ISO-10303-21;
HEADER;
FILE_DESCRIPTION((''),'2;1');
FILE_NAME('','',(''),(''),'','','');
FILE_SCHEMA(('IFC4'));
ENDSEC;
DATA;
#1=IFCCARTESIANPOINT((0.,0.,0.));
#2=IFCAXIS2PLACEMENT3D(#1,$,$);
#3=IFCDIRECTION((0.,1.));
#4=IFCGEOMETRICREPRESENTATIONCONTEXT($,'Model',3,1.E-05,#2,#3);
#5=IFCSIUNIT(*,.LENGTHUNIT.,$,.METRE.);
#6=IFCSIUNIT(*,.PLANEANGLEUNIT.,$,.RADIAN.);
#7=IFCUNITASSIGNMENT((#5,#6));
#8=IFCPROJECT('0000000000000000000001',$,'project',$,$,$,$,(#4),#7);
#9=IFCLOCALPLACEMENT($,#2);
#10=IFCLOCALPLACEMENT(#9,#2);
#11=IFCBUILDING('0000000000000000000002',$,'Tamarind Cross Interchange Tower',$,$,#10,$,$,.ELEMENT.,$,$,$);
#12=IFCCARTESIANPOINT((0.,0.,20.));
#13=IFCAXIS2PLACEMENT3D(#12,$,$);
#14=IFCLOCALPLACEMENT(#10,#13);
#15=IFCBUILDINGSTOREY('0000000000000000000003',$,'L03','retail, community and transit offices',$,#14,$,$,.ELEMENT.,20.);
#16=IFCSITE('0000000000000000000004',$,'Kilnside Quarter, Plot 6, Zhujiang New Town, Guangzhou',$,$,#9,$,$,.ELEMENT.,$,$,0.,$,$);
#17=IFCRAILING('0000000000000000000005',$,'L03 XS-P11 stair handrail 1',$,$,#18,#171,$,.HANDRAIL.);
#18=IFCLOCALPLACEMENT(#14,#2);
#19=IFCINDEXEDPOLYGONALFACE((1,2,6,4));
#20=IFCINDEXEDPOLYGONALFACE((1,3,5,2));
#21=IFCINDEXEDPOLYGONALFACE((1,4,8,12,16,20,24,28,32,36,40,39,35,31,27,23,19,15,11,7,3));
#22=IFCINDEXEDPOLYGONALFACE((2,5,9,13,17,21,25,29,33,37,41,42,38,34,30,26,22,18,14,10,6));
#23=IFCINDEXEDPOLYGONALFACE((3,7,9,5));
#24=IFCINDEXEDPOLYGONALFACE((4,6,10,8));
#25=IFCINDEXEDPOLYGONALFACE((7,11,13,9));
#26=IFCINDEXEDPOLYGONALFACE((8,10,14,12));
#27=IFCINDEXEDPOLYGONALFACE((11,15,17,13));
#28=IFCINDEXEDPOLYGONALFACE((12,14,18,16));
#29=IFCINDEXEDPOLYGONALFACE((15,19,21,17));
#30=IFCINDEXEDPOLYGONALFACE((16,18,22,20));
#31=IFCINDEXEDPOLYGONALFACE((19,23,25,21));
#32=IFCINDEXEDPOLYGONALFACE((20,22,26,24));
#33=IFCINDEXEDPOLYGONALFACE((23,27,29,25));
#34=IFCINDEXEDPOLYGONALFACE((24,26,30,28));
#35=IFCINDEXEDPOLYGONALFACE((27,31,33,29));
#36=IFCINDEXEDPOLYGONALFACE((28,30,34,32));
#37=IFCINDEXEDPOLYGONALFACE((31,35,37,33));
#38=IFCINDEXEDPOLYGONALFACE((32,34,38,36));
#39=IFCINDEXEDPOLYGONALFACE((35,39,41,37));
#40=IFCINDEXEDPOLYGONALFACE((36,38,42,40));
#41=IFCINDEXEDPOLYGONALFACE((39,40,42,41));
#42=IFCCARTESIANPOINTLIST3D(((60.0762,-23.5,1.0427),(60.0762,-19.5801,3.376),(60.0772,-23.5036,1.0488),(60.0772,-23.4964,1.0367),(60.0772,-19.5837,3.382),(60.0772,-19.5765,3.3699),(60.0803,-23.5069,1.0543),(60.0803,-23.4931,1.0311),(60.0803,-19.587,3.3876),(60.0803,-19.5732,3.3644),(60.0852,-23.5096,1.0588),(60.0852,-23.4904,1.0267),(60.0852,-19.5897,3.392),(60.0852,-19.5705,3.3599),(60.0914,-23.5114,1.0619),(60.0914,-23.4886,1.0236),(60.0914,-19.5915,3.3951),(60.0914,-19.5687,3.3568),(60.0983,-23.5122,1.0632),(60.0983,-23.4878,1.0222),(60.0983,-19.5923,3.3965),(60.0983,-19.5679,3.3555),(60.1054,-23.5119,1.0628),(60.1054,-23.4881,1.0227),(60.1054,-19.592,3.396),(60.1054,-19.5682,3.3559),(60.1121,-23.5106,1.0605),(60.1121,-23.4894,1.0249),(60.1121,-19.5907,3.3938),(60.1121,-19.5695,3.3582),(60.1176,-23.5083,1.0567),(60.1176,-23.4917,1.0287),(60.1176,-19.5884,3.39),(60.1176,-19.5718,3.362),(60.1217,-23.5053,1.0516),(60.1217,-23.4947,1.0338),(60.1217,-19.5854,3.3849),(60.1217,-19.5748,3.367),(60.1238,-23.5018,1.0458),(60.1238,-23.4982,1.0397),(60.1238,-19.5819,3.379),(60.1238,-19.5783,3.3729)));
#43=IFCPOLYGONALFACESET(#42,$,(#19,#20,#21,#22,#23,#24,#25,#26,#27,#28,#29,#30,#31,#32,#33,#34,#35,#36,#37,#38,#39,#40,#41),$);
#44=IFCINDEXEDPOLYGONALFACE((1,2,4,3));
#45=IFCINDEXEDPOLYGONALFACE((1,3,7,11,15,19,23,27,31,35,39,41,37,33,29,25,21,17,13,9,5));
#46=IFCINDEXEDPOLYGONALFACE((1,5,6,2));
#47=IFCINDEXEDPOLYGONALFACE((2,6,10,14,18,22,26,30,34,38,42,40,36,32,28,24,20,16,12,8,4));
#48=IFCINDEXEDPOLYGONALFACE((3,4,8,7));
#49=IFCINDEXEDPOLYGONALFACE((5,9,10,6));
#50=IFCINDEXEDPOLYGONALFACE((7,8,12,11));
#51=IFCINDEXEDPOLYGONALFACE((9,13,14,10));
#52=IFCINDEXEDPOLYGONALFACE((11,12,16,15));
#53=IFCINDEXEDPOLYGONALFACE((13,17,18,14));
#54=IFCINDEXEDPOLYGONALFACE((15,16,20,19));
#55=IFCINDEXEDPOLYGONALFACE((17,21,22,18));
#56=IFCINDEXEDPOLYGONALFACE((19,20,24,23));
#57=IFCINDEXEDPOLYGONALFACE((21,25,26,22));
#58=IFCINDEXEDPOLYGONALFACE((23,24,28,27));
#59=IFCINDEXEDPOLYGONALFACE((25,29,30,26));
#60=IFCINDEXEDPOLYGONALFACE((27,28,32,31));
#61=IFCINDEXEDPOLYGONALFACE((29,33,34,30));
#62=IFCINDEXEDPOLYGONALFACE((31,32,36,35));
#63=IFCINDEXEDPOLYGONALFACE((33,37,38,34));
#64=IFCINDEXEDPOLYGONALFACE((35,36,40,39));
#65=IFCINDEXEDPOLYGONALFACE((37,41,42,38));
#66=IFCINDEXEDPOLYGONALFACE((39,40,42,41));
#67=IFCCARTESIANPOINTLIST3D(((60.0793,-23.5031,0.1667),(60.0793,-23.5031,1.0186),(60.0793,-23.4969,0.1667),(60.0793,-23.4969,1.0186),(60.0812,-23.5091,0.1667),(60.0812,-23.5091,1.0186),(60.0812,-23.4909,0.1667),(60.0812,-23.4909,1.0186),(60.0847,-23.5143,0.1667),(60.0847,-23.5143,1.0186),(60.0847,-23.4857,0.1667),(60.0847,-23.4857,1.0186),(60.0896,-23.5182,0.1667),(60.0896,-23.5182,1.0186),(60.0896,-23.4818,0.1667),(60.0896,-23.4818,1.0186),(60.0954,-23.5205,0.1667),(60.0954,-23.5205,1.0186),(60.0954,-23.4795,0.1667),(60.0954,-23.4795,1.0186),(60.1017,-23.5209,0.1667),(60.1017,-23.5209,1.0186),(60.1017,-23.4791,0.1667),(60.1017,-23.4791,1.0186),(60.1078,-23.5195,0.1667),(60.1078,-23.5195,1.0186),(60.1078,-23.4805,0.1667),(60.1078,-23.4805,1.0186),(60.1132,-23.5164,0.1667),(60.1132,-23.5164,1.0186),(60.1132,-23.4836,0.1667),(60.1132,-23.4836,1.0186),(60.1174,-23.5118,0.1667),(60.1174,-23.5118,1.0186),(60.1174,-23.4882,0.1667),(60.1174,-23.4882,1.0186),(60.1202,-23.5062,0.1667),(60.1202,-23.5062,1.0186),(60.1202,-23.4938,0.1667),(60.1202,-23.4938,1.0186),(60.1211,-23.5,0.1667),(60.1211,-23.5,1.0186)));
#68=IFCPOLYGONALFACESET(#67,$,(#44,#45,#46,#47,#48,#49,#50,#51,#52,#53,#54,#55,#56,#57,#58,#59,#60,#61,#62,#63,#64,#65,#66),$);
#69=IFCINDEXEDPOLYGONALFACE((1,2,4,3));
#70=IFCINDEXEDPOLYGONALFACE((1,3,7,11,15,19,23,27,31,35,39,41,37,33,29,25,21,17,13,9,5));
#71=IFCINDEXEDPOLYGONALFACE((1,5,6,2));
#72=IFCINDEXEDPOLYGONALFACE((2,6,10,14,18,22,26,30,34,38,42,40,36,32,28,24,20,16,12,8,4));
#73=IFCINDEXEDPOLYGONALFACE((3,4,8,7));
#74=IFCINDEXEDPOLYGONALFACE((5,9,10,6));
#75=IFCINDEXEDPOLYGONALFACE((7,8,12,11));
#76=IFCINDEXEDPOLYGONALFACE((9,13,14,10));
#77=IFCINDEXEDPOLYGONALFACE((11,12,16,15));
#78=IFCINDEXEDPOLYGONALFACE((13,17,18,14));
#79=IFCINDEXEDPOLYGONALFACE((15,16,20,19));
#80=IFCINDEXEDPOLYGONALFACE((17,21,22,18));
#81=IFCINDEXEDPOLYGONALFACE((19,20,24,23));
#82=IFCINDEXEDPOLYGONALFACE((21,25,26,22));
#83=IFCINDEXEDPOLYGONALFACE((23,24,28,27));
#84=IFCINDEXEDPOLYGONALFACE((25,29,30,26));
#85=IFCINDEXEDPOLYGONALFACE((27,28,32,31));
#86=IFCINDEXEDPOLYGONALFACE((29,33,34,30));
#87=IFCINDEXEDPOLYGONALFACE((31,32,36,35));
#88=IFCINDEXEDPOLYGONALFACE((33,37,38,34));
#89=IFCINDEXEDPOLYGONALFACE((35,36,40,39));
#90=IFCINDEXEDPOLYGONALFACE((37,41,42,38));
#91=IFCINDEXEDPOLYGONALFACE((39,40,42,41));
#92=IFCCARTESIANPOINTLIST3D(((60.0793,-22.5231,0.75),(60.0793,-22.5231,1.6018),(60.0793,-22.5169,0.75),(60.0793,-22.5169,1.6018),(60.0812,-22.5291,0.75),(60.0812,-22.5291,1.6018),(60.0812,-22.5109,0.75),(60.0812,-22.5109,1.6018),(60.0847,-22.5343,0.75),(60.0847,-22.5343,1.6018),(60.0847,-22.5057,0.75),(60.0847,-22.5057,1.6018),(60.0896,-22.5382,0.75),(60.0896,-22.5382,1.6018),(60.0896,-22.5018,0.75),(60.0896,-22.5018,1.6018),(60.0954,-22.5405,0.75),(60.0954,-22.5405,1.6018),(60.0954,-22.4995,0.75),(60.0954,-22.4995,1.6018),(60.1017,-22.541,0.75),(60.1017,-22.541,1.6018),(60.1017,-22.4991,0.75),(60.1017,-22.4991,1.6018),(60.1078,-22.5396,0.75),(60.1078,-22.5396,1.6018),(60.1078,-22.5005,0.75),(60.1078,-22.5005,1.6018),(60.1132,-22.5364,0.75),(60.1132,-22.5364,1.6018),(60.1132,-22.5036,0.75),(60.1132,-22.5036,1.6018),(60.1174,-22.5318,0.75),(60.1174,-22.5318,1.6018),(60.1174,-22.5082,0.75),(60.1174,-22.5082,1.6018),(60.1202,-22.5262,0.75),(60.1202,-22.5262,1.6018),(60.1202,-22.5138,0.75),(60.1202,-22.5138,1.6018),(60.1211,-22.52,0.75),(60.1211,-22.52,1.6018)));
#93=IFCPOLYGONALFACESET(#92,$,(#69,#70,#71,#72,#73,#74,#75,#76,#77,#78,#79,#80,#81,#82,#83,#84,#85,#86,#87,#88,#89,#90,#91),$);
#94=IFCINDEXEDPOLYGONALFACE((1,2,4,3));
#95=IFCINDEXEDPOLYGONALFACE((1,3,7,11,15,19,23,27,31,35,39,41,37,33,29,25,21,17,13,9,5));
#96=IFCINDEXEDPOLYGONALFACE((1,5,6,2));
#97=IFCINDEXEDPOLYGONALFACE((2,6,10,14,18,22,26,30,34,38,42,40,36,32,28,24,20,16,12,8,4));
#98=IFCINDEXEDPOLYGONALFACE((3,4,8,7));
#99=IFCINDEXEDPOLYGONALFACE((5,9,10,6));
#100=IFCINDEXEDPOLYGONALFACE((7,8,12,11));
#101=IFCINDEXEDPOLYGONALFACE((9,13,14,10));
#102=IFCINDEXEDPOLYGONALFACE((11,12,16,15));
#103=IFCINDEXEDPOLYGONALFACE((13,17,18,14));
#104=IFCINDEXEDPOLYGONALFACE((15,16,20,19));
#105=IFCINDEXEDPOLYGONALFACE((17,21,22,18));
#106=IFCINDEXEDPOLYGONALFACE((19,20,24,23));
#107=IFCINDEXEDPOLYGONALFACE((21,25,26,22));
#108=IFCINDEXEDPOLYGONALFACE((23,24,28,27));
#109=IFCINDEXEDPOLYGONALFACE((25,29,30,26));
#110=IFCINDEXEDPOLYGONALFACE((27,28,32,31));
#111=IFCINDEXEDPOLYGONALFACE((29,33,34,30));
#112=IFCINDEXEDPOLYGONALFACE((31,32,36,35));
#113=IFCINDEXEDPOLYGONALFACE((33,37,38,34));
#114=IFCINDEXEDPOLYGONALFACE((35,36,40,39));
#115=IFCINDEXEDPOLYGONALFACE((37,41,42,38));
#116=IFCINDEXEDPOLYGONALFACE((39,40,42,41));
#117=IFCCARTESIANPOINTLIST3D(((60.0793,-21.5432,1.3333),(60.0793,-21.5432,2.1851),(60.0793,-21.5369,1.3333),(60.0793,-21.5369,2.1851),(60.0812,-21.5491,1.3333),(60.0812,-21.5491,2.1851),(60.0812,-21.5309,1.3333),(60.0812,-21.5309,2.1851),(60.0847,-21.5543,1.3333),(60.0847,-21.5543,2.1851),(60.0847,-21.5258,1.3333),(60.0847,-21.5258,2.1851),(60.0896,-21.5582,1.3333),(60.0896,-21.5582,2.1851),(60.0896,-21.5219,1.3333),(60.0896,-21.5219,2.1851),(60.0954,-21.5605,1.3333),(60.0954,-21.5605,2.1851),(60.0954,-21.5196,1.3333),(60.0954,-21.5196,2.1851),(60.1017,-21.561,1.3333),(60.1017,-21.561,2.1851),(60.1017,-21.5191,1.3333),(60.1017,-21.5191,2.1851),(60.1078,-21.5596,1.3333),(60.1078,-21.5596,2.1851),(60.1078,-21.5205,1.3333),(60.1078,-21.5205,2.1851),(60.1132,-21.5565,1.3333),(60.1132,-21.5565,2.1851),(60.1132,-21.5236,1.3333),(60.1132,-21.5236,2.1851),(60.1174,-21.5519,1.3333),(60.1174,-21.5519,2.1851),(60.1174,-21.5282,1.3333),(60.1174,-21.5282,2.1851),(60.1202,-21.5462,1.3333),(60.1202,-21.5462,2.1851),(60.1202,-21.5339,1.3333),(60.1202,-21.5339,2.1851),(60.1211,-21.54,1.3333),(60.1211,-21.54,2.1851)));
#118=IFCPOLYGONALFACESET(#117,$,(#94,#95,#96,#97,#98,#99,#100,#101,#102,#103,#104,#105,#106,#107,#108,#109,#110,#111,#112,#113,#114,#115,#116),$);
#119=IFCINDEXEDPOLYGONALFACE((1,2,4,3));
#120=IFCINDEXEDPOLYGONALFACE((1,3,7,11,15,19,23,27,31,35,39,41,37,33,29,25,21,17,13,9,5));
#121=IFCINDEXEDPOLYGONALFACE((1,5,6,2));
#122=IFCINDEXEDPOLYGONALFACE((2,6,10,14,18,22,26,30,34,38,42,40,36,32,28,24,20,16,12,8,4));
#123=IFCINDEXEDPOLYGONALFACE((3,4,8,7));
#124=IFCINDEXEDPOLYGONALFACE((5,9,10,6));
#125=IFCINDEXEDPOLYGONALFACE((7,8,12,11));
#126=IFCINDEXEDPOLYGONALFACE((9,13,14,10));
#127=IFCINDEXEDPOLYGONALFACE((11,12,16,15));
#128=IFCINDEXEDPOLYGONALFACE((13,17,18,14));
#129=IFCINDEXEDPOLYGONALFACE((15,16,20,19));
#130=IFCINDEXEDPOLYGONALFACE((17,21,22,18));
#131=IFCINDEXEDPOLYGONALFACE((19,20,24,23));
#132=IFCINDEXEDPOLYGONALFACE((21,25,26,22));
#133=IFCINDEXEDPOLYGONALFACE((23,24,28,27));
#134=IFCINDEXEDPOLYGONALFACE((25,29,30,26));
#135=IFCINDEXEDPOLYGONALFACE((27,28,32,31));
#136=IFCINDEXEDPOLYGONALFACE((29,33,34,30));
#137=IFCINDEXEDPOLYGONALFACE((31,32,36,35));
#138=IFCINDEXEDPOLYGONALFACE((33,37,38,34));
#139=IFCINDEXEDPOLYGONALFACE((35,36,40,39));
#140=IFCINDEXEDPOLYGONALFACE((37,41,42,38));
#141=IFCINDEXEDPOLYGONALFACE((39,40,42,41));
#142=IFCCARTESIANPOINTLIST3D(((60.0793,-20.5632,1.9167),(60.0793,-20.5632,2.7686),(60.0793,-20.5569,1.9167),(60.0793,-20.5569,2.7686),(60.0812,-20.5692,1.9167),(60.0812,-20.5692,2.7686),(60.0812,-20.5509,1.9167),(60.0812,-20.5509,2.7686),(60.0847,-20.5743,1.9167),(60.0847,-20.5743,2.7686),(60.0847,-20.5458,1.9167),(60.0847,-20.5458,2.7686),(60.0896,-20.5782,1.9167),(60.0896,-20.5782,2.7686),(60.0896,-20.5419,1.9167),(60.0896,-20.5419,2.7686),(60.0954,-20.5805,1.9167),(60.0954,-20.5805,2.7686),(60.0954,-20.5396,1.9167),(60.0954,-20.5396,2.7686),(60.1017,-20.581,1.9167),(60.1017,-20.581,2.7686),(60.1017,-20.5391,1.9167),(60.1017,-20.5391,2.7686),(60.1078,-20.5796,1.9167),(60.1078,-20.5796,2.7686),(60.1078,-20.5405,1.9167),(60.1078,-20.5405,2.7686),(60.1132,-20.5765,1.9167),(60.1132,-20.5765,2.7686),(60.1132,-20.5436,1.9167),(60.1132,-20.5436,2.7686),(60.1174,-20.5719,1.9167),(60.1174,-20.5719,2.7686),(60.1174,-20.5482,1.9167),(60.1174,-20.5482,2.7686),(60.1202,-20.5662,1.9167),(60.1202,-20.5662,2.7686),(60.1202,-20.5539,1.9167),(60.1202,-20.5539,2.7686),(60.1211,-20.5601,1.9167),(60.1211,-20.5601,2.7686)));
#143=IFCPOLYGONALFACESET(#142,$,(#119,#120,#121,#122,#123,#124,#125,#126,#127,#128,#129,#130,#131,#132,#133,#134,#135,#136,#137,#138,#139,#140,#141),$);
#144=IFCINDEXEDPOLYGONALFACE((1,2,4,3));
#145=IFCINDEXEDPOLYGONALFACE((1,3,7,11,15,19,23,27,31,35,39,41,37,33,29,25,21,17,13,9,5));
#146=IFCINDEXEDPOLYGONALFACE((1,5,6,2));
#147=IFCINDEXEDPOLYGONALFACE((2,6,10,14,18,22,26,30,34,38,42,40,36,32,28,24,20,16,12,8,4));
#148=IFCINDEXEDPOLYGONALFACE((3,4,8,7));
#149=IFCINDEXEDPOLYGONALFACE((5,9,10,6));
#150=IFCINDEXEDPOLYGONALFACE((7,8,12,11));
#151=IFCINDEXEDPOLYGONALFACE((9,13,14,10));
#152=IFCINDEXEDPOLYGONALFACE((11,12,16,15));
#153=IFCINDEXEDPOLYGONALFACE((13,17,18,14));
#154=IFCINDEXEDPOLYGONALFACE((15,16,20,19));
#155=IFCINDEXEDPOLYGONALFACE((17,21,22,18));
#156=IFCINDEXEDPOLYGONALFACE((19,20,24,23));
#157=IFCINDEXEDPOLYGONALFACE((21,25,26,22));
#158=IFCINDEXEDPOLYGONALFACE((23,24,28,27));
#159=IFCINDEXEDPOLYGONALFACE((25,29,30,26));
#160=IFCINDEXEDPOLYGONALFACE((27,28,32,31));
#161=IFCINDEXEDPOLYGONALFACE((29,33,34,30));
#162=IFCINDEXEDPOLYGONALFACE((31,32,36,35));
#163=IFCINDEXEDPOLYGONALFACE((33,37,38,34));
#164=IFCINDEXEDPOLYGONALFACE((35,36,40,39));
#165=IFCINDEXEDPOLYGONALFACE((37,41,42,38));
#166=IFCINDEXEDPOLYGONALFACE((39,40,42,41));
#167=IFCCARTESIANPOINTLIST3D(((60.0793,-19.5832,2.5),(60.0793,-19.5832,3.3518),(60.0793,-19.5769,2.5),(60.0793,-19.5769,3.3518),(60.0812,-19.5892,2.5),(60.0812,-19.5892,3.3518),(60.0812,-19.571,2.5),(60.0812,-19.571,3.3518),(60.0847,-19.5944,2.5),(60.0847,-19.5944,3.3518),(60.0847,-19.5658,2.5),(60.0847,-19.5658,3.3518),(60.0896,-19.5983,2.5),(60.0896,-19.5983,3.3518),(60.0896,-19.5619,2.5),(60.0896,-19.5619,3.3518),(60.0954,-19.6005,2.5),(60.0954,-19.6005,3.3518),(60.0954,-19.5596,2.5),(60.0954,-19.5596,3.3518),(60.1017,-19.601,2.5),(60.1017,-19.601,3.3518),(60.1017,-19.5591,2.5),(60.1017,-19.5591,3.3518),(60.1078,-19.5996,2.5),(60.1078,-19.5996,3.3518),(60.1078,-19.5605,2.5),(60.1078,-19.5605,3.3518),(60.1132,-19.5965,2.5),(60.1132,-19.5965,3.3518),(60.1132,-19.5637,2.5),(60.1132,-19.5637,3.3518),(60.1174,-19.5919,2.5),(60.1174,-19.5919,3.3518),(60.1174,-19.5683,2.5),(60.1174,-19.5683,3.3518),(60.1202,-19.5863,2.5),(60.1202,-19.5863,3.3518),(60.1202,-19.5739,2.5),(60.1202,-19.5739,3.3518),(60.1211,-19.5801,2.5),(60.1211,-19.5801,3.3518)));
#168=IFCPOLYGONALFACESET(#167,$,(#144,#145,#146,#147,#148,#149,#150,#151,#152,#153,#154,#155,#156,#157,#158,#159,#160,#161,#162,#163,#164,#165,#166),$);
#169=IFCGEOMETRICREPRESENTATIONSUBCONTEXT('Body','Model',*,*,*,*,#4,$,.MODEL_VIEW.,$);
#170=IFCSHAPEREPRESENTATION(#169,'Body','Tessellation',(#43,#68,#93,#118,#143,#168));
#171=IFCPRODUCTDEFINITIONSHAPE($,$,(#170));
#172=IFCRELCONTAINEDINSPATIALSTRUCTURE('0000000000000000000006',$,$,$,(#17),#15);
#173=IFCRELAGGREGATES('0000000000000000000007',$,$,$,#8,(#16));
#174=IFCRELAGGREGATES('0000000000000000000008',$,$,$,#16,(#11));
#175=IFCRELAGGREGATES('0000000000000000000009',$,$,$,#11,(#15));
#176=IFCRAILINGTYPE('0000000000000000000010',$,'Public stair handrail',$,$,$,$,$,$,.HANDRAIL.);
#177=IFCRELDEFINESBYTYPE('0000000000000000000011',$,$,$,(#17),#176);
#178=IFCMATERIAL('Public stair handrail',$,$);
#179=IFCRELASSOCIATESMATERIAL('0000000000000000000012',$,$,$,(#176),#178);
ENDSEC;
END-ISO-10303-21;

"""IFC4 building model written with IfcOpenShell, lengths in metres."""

from ifc_helpers import new_model, si_unit, direction, frame, origin, origin_2d, place, context, subcontext, project, spatial, circle, extrude, material, type_object, element, save


model = new_model("IFC4")

# Units and contexts
model_context = context("Model", 3, precision=1e-05, world=origin(), true_north=direction((0.0, 1.0)))
body_context = subcontext(model_context, "Body", "Model", "MODEL_VIEW")
ifc_project = project(units=[si_unit("LENGTHUNIT", "METRE"), si_unit("PLANEANGLEUNIT", "RADIAN")], contexts=[model_context])

# Site, building, storey
site_placement = place(None, origin())
site = spatial("IfcSite", under=ifc_project, at=site_placement, Name="Kilnside Quarter, Plot 6, Zhujiang New Town, Guangzhou", CompositionType="ELEMENT", RefElevation=0.0)
building_placement = place(site_placement, origin())
building = spatial("IfcBuilding", under=site, at=building_placement, Name="Tamarind Cross Interchange Tower", CompositionType="ELEMENT")
storey_placement = place(building_placement, frame((0.0, 0.0, 20.0)))
storey = spatial("IfcBuildingStorey", under=building, at=storey_placement, Name="L03", Description="retail, community and transit offices", CompositionType="ELEMENT", Elevation=20.0)

# Railing
ifc_material_1 = material(Name="Public stair handrail")
railing_type_1 = type_object("IfcRailingType", Name="Public stair handrail", PredefinedType="HANDRAIL", material=ifc_material_1)
railing_1_placement = place(storey_placement, frame((60.1001, -23.5, 0.1667)))
element("IfcRailing", 1, at=railing_1_placement, inside=storey, type_object=railing_type_1, Name="L03 XS-P11 stair handrail 1", PredefinedType="HANDRAIL", context=body_context, shape_type="SweptSolid", body=[
    extrude(circle(Radius=0.0239, at=origin_2d()), frame((0.0, 0.0, 0.876), z_axis=(0.0, 0.859296, 0.511478), x_axis=(-1.0, 0.0, 0.0)), (0.0, 0.0, 1.0), 4.5618),
    extrude(circle(Radius=0.021, at=origin_2d()), origin(), (0.0, 0.0, 1.0), 0.8518),
    extrude(circle(Radius=0.021, at=origin_2d()), frame((0.0, 0.98, 0.5833)), (0.0, 0.0, 1.0), 0.8518),
    extrude(circle(Radius=0.021, at=origin_2d()), frame((0.0, 1.96, 1.1665)), (0.0, 0.0, 1.0), 0.8518),
    extrude(circle(Radius=0.021, at=origin_2d()), frame((0.0, 2.9399, 1.75)), (0.0, 0.0, 1.0), 0.8518),
    extrude(circle(Radius=0.021, at=origin_2d()), frame((0.0, 3.9199, 2.3333)), (0.0, 0.0, 1.0), 0.8518),
])

save(model, "model.ifc")
